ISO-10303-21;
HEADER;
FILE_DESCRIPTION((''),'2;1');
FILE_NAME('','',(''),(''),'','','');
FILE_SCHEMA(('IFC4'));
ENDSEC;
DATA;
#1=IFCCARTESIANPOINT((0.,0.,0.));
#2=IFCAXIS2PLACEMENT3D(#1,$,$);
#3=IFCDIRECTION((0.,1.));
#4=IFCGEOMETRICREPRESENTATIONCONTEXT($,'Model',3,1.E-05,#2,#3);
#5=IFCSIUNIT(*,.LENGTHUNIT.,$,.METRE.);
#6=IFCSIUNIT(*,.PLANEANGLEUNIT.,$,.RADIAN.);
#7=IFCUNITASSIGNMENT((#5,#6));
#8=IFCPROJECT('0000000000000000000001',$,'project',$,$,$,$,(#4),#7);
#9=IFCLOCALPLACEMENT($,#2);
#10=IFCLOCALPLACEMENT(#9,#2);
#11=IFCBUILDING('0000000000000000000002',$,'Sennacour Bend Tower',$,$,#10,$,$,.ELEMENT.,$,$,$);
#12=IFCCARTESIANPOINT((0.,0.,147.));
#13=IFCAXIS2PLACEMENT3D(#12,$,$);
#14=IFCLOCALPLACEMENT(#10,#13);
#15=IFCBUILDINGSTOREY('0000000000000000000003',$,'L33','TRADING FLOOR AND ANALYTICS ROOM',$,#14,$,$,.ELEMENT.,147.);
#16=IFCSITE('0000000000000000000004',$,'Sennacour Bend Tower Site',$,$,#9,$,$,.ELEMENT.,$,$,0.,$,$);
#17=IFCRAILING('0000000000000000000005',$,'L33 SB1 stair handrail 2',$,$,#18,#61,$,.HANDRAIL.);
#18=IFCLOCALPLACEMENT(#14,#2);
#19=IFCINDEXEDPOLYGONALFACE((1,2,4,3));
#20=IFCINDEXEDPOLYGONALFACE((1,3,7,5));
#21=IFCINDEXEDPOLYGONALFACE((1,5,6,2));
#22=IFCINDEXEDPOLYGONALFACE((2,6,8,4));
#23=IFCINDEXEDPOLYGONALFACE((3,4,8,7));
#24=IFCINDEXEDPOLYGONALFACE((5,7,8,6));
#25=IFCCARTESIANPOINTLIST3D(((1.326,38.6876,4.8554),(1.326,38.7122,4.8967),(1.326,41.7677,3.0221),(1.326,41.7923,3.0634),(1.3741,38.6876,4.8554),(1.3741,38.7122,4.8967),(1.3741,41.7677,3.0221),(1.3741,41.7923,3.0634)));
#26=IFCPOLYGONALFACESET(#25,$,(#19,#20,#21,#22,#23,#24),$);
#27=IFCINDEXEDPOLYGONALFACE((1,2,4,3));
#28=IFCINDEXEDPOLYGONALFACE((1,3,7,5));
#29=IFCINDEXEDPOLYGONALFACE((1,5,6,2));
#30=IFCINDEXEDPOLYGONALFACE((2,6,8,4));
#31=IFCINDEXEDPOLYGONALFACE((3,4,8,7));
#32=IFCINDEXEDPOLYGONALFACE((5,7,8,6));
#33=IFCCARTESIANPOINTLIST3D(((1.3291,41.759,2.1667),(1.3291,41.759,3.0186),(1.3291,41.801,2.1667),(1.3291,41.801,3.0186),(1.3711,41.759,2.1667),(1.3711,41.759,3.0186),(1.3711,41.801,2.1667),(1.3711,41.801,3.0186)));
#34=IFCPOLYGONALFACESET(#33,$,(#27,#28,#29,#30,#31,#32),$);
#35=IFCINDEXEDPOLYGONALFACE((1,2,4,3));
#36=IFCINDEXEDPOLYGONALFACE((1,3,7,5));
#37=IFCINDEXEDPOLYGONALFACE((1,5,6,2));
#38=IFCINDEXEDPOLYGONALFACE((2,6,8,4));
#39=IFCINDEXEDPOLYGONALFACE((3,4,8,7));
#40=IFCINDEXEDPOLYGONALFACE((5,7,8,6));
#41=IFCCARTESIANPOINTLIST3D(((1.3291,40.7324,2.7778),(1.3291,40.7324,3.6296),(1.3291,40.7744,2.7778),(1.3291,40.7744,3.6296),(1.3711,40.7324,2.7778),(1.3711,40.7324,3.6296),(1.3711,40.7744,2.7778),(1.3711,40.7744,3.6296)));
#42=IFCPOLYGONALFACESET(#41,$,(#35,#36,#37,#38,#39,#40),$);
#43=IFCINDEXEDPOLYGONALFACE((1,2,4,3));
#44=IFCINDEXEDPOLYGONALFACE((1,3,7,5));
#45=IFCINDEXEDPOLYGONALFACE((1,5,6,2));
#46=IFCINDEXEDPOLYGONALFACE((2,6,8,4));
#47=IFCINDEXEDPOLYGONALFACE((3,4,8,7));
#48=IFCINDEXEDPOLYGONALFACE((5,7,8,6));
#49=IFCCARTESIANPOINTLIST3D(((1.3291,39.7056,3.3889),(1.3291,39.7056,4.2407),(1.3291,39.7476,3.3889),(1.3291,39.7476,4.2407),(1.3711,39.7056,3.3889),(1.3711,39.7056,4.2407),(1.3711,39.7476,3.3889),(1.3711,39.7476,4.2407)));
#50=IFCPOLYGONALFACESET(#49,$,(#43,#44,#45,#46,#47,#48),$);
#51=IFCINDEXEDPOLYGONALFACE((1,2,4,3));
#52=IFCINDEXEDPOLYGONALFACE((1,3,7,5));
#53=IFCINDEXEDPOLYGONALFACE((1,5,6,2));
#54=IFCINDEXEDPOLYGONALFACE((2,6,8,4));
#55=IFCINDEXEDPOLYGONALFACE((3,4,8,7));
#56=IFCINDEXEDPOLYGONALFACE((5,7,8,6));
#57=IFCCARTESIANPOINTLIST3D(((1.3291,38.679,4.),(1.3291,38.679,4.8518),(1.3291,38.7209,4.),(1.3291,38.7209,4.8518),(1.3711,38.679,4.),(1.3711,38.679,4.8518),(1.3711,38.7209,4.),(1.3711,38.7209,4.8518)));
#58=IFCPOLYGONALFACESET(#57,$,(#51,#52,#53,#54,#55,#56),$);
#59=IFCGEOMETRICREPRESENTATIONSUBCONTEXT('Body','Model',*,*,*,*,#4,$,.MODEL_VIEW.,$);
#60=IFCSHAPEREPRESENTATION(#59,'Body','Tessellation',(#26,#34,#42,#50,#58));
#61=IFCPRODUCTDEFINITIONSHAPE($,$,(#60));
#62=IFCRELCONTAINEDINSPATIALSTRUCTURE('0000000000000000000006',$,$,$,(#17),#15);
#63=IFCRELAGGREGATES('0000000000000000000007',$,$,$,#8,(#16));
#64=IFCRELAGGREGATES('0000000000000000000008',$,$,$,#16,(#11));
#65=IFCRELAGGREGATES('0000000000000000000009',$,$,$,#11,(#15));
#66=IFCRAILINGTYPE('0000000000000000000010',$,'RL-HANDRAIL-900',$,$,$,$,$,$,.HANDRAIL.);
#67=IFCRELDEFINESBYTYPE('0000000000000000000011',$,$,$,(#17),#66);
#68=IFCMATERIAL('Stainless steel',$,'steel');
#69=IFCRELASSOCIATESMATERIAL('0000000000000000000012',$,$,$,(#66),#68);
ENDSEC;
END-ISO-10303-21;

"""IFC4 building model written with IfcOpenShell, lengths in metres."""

from ifc_helpers import new_model, si_unit, direction, frame, origin, origin_2d, place, context, subcontext, project, spatial, rectangle, extrude, material, type_object, element, save


model = new_model("IFC4")

# Units and contexts
model_context = context("Model", 3, precision=1e-05, world=origin(), true_north=direction((0.0, 1.0)))
body_context = subcontext(model_context, "Body", "Model", "MODEL_VIEW")
ifc_project = project(units=[si_unit("LENGTHUNIT", "METRE"), si_unit("PLANEANGLEUNIT", "RADIAN")], contexts=[model_context])

# Site, building, storey
site_placement = place(None, origin())
site = spatial("IfcSite", under=ifc_project, at=site_placement, Name="Sennacour Bend Tower Site", CompositionType="ELEMENT", RefElevation=0.0)
building_placement = place(site_placement, origin())
building = spatial("IfcBuilding", under=site, at=building_placement, Name="Sennacour Bend Tower", CompositionType="ELEMENT")
storey_placement = place(building_placement, frame((0.0, 0.0, 147.0)))
storey = spatial("IfcBuildingStorey", under=building, at=storey_placement, Name="L33", Description="TRADING FLOOR AND ANALYTICS ROOM", CompositionType="ELEMENT", Elevation=147.0)

# Railing
ifc_material_1 = material(Name="Stainless steel", Category="steel")
railing_type_1 = type_object("IfcRailingType", Name="RL-HANDRAIL-900", PredefinedType="HANDRAIL", material=ifc_material_1)
railing_1_placement = place(storey_placement, frame((1.3501, 41.78, 2.1667)))
element("IfcRailing", 1, at=railing_1_placement, inside=storey, type_object=railing_type_1, Name="L33 SB1 stair handrail 2", PredefinedType="HANDRAIL", context=body_context, shape_type="SweptSolid", body=[
    extrude(rectangle(XDim=0.0481, YDim=0.0481, at=origin_2d()), frame((0.0, 0.0, 0.876), z_axis=(0.0, -0.859309, 0.511458), x_axis=(1.0, 0.0, 0.0)), (0.0, 0.0, 1.0), 3.5845),
    extrude(rectangle(XDim=0.042, YDim=0.042, at=origin_2d()), origin(), (0.0, 0.0, 1.0), 0.8518),
    extrude(rectangle(XDim=0.042, YDim=0.042, at=origin_2d()), frame((0.0, -1.0266, 0.6111)), (0.0, 0.0, 1.0), 0.8518),
    extrude(rectangle(XDim=0.042, YDim=0.042, at=origin_2d()), frame((0.0, -2.0535, 1.2222)), (0.0, 0.0, 1.0), 0.8518),
    extrude(rectangle(XDim=0.042, YDim=0.042, at=origin_2d()), frame((0.0, -3.0801, 1.8333)), (0.0, 0.0, 1.0), 0.8518),
])

save(model, "model.ifc")
